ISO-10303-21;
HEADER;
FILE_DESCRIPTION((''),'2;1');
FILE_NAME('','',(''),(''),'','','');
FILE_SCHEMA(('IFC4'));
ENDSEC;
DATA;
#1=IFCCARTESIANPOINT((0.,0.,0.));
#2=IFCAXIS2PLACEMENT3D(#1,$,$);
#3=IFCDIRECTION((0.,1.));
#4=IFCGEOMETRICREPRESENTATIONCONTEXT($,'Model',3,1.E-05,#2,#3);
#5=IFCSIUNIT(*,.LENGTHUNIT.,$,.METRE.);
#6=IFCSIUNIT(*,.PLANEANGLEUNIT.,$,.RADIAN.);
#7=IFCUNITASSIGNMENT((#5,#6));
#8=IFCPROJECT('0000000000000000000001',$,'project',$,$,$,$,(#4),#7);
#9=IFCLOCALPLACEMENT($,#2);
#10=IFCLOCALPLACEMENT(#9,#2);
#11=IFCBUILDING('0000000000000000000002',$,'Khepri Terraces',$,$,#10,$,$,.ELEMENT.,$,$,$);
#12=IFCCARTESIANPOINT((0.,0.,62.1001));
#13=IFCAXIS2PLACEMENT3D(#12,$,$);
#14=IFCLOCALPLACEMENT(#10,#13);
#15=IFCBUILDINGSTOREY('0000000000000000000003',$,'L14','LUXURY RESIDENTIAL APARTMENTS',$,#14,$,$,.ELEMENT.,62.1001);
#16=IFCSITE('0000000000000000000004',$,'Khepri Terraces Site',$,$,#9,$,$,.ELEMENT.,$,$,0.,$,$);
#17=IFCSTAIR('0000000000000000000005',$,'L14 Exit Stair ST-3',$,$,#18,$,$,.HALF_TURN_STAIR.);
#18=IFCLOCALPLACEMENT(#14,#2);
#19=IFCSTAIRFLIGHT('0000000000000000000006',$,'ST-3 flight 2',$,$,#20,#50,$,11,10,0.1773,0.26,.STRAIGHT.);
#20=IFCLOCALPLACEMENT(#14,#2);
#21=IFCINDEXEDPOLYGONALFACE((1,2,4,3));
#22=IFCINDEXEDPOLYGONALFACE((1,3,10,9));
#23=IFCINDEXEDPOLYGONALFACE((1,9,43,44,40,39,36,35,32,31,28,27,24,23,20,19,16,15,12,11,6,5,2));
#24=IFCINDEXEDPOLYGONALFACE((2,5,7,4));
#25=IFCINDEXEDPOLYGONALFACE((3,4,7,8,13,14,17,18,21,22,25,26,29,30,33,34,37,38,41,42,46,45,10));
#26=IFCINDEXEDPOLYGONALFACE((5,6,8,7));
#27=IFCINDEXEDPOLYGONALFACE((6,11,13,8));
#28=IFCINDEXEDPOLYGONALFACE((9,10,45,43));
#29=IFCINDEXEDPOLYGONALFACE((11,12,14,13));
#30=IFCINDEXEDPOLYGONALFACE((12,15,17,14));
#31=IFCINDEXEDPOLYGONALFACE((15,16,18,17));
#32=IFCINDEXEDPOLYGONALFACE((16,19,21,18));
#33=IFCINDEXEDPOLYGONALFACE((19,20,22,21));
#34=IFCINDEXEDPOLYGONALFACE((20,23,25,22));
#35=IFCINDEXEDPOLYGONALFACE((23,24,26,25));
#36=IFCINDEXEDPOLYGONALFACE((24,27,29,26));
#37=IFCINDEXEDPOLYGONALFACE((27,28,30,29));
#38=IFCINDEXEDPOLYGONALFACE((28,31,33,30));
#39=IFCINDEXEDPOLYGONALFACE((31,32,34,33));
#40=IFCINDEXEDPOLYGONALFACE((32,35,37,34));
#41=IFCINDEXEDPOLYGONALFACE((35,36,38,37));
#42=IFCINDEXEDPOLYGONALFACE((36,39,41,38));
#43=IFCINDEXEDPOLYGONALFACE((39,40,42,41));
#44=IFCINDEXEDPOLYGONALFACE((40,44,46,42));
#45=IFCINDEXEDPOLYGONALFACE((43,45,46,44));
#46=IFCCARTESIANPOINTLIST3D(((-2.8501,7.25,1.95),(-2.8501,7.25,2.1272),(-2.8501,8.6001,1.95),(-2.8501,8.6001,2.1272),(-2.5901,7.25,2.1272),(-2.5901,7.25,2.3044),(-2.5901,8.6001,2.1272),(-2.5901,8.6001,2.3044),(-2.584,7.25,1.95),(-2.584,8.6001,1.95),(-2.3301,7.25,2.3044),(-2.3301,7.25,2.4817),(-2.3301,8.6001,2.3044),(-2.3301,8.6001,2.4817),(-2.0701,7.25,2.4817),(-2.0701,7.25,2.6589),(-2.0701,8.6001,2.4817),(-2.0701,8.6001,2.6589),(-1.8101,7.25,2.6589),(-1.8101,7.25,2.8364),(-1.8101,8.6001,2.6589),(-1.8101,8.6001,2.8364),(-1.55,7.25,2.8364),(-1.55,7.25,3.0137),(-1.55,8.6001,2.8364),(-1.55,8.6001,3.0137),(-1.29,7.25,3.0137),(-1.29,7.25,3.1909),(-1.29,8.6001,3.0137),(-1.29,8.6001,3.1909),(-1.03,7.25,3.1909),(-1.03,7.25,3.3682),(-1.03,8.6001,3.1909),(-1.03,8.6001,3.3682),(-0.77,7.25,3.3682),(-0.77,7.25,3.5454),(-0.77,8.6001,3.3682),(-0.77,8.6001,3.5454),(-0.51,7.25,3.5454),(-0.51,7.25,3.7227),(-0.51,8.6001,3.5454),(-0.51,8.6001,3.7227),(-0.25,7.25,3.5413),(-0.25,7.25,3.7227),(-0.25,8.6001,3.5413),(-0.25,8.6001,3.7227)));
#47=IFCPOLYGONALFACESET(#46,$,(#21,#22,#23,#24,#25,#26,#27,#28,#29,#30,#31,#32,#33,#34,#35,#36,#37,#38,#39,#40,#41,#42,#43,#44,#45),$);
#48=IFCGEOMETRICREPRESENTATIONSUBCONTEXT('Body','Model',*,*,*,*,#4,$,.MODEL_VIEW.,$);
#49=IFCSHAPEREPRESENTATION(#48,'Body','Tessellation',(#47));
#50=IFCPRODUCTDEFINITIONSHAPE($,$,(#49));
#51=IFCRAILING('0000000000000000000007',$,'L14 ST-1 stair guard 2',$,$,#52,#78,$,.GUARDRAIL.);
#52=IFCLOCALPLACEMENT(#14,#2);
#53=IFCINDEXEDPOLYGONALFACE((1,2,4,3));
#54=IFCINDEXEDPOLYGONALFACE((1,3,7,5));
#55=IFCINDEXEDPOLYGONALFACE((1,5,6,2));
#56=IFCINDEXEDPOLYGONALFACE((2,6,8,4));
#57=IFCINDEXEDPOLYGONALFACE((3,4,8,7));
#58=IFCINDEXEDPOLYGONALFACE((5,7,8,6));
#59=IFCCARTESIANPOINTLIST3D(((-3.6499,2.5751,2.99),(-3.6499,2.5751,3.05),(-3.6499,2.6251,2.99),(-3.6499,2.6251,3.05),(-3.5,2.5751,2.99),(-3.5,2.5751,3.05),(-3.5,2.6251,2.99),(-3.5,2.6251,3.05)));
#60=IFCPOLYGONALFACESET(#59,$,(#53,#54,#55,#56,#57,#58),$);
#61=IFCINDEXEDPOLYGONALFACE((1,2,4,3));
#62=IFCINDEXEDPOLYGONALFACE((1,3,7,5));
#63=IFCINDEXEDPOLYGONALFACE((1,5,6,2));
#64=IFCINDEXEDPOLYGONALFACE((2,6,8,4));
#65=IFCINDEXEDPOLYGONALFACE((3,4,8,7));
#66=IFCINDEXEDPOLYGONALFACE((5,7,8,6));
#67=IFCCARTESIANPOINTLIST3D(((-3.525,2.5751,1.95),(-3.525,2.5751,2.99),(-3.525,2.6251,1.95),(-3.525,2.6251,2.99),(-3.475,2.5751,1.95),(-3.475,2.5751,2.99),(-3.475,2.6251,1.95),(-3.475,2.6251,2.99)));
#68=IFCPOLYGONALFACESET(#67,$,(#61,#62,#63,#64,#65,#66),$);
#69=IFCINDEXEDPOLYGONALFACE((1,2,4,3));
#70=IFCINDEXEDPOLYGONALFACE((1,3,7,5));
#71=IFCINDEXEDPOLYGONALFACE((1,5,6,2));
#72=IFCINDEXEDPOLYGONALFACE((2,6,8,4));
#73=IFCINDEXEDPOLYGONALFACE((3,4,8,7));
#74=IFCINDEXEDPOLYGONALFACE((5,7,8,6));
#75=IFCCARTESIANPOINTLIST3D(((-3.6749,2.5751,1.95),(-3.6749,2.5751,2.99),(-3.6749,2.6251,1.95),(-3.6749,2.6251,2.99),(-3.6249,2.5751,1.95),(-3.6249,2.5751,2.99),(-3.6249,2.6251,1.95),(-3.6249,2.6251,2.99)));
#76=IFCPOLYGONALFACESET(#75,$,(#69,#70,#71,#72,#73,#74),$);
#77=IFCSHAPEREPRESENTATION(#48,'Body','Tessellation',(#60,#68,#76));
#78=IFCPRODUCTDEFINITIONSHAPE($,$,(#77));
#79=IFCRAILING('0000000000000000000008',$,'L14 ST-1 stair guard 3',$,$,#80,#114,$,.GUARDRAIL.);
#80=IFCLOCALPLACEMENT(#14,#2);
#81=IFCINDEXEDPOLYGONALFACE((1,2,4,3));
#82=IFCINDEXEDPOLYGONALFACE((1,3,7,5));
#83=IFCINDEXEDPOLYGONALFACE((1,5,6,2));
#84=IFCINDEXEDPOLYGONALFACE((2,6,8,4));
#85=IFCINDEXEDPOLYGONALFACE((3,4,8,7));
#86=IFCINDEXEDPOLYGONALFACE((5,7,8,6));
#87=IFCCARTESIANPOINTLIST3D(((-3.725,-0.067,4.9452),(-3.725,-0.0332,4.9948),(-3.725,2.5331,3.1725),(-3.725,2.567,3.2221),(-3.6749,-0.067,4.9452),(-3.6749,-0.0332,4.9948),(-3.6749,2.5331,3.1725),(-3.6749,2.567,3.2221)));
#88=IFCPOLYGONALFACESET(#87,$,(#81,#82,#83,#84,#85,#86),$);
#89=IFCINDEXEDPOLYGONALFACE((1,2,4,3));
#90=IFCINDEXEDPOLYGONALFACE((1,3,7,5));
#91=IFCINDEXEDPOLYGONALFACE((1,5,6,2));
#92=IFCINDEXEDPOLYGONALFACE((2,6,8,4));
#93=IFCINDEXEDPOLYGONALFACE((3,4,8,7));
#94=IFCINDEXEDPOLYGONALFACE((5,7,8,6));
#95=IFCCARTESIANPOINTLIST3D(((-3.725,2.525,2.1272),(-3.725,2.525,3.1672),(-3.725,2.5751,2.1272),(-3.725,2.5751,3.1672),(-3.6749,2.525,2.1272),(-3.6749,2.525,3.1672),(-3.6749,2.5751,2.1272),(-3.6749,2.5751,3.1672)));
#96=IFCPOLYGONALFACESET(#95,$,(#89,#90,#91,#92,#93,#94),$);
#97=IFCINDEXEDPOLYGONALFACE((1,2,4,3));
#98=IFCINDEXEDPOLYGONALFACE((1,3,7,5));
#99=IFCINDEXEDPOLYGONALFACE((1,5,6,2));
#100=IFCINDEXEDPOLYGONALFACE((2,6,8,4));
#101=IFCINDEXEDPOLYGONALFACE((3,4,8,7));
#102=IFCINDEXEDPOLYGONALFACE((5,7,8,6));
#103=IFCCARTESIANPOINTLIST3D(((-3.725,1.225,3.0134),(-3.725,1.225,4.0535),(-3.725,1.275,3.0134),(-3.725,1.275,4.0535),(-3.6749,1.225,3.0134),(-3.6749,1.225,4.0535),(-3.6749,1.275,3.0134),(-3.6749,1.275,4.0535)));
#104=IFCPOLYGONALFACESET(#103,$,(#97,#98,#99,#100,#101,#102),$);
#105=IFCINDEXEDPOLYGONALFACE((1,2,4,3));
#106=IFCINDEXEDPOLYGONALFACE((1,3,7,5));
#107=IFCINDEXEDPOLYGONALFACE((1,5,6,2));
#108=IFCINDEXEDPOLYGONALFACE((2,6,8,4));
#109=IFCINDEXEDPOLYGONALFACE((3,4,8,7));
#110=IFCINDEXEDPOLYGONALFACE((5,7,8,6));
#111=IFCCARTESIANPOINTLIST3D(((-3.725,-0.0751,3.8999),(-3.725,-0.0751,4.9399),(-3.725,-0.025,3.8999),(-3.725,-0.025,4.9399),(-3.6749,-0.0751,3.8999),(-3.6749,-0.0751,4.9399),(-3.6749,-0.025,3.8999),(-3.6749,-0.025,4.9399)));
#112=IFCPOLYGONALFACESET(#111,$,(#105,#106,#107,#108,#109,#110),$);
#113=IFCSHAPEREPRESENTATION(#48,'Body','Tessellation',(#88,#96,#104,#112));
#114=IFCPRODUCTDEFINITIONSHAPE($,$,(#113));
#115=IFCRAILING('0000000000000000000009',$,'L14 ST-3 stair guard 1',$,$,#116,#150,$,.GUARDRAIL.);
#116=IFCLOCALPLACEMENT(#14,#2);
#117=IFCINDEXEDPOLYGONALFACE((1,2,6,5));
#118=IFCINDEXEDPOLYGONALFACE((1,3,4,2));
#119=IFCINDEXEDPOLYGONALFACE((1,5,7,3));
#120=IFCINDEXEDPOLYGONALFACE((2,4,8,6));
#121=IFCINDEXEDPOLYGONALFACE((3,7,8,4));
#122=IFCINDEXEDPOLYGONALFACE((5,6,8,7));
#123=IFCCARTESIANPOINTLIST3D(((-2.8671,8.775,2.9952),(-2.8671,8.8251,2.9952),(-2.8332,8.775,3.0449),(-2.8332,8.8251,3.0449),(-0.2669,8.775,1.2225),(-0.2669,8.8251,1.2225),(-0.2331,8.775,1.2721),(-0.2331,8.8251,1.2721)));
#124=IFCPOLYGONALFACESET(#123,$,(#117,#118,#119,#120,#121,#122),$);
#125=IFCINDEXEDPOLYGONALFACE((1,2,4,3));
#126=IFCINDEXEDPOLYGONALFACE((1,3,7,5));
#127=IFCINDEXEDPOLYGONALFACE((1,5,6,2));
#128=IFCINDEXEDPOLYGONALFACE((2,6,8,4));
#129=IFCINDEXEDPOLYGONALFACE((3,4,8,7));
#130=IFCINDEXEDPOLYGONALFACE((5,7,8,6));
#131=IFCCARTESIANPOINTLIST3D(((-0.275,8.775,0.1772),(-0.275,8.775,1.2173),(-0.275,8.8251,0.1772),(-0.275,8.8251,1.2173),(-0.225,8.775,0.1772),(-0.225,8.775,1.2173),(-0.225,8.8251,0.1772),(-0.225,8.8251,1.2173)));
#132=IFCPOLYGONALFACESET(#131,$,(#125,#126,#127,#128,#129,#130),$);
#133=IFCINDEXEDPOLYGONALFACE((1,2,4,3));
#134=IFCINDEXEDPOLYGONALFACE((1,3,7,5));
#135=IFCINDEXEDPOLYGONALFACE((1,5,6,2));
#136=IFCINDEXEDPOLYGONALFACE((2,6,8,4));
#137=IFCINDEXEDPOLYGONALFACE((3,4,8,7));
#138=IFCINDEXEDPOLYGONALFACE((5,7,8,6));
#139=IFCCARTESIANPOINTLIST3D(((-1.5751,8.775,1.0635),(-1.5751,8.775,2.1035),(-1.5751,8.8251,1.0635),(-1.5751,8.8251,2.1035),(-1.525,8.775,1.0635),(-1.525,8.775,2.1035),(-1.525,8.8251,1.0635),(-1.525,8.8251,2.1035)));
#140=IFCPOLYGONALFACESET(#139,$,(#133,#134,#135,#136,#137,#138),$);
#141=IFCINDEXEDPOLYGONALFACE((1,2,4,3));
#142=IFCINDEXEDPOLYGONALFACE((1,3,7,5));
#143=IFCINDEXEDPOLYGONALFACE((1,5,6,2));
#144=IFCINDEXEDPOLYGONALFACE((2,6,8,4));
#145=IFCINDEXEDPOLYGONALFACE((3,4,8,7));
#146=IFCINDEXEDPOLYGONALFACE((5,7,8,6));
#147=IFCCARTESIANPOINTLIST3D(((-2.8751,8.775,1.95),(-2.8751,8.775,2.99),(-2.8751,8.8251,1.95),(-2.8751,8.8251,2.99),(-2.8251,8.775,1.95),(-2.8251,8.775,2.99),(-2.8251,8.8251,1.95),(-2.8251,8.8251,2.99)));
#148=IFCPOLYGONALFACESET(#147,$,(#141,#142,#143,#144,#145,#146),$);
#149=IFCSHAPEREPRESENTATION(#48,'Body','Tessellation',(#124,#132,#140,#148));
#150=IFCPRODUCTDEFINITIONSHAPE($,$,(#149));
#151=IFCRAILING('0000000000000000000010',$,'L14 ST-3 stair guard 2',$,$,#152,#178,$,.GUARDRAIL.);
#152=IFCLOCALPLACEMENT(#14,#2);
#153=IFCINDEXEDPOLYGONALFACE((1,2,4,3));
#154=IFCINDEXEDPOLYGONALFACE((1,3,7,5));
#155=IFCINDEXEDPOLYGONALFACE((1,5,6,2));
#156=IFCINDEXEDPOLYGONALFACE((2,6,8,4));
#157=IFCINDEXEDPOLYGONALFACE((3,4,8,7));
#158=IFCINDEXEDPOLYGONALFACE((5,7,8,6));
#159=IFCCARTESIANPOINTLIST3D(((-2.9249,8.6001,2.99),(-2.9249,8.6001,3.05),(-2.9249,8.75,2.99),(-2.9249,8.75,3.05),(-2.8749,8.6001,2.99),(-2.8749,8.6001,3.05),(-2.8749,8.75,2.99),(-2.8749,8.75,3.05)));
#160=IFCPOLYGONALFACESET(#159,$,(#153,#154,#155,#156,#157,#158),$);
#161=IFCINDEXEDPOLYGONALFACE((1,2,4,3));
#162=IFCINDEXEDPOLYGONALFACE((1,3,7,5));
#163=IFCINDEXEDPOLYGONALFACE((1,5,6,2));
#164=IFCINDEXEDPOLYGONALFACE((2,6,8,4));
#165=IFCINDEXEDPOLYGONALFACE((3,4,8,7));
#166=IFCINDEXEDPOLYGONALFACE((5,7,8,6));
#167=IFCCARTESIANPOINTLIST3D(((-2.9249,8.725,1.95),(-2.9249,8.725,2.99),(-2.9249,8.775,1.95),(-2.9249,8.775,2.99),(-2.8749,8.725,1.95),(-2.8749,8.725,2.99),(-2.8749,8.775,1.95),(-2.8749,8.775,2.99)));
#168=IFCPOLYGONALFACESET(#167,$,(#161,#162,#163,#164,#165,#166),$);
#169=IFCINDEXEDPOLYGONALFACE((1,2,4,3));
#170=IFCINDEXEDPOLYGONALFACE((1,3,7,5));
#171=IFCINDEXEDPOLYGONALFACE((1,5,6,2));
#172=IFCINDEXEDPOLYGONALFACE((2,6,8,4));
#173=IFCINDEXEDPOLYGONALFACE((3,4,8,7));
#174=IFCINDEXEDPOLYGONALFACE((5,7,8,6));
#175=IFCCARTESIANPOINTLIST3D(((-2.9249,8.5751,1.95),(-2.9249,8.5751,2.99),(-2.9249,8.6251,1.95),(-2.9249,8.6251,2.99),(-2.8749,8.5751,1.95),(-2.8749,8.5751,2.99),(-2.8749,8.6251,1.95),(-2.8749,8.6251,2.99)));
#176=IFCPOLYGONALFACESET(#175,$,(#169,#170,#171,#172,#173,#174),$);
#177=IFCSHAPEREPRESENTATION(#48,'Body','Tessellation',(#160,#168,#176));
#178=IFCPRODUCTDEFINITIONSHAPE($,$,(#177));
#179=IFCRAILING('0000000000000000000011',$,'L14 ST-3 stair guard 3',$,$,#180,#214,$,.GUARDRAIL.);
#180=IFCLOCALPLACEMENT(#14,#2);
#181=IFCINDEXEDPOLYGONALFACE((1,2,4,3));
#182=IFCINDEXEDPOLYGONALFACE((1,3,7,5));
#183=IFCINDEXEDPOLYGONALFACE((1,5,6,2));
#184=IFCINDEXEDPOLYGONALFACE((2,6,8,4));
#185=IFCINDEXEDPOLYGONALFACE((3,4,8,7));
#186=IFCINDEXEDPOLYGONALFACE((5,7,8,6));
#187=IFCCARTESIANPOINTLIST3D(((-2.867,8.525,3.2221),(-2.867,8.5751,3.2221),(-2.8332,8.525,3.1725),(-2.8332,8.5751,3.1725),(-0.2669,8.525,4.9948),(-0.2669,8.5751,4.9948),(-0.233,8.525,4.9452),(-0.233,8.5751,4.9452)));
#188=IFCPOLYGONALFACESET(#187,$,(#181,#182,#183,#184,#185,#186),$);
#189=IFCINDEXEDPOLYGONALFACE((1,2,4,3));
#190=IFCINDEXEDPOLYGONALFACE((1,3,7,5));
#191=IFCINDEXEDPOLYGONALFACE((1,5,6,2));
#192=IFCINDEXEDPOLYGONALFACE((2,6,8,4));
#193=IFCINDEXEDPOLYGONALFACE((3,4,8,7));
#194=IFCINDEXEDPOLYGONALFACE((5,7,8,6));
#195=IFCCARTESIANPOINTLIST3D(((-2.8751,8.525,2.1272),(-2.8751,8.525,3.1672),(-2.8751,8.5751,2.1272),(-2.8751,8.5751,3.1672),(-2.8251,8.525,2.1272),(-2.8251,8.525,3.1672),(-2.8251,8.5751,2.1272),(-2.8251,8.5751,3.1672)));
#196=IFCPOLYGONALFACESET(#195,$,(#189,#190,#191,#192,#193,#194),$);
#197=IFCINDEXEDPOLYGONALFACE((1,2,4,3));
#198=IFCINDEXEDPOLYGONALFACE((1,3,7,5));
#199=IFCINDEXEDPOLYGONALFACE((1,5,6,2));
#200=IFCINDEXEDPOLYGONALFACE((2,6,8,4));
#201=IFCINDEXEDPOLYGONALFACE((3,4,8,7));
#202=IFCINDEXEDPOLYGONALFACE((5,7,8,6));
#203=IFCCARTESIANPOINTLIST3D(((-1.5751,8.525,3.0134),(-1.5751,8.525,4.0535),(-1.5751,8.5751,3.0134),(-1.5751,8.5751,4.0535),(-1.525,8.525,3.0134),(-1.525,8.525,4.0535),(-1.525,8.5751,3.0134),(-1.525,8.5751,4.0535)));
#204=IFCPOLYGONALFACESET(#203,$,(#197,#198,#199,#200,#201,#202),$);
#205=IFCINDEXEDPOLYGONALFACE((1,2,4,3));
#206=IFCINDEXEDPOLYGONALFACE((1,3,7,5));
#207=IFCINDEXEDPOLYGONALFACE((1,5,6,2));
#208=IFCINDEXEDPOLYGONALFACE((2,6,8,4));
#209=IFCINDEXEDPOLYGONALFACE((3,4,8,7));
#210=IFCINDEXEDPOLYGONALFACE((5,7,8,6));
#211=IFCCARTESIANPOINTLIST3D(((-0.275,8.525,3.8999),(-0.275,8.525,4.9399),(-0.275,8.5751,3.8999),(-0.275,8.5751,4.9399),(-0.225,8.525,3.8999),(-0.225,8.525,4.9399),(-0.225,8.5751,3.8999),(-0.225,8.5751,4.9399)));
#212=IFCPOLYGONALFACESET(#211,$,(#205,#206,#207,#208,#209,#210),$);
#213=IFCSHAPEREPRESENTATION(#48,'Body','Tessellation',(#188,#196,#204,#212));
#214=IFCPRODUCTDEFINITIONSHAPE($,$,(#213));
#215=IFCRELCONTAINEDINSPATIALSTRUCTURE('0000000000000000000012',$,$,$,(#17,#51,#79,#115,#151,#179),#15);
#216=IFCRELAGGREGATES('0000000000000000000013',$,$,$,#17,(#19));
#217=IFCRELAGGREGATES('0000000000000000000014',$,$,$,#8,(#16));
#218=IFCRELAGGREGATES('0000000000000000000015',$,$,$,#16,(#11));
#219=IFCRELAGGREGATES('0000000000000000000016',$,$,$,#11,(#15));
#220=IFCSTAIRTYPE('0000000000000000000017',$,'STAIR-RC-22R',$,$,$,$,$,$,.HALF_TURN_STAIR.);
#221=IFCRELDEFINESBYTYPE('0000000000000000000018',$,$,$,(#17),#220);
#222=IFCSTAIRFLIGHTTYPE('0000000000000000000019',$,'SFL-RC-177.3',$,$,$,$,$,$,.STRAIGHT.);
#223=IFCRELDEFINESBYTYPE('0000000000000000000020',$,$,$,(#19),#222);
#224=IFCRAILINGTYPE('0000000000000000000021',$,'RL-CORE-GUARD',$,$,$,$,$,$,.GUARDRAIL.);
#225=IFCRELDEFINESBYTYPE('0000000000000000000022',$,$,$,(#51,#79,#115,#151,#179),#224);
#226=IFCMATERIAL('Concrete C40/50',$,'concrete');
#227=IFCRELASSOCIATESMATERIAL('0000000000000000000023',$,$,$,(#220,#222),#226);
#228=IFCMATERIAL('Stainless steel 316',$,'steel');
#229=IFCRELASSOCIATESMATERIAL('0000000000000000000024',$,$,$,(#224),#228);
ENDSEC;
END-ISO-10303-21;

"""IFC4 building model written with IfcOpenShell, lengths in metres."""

from ifc_helpers import new_model, si_unit, direction, frame, origin, origin_2d, place, context, subcontext, project, spatial, polyline, rectangle, outline, extrude, material, type_object, element, aggregate, save


model = new_model("IFC4")

# Units and contexts
model_context = context("Model", 3, precision=1e-05, world=origin(), true_north=direction((0.0, 1.0)))
body_context = subcontext(model_context, "Body", "Model", "MODEL_VIEW")
ifc_project = project(units=[si_unit("LENGTHUNIT", "METRE"), si_unit("PLANEANGLEUNIT", "RADIAN")], contexts=[model_context])

# Site, building, storey
site_placement = place(None, origin())
site = spatial("IfcSite", under=ifc_project, at=site_placement, Name="Khepri Terraces Site", CompositionType="ELEMENT", RefElevation=0.0)
building_placement = place(site_placement, origin())
building = spatial("IfcBuilding", under=site, at=building_placement, Name="Khepri Terraces", CompositionType="ELEMENT")
storey_placement = place(building_placement, frame((0.0, 0.0, 62.1001)))
storey = spatial("IfcBuildingStorey", under=building, at=storey_placement, Name="L14", Description="LUXURY RESIDENTIAL APARTMENTS", CompositionType="ELEMENT", Elevation=62.1001)

# Stair, stair flight
ifc_material_1 = material(Name="Concrete C40/50", Category="concrete")
stair_type = type_object("IfcStairType", Name="STAIR-RC-22R", PredefinedType="HALF_TURN_STAIR", material=ifc_material_1)
stair_flight_type = type_object("IfcStairFlightType", Name="SFL-RC-177.3", PredefinedType="STRAIGHT", material=ifc_material_1)
stair_1_placement = place(storey_placement, origin())
stair_1 = element("IfcStair", 1, at=stair_1_placement, inside=storey, type_object=stair_type, Name="L14 Exit Stair ST-3", PredefinedType="HALF_TURN_STAIR")
stair_flight_1_placement = place(storey_placement, frame((-2.8501, 7.925, 1.95), z_axis=(0.0, 0.0, 1.0), x_axis=(1.0, 0.0, 0.0)))
stair_flight_1 = element("IfcStairFlight", 2, at=stair_flight_1_placement, type_object=stair_flight_type, Name="ST-3 flight 2", NumberOfRisers=11, NumberOfTreads=10, PredefinedType="STRAIGHT", RiserHeight=0.1773, TreadLength=0.26, context=body_context, shape_type="SweptSolid", body=[
    extrude(outline(polyline([(0.0, 0.0), (0.0, 0.1772), (0.26, 0.1772), (0.26, 0.3545), (0.52, 0.3545), (0.52, 0.5317), (0.78, 0.5317), (0.78, 0.709), (1.04, 0.709), (1.04, 0.8865), (1.3, 0.8865), (1.3, 1.0637), (1.5601, 1.0637), (1.5601, 1.241), (1.8201, 1.241), (1.8201, 1.4182), (2.0801, 1.4182), (2.0801, 1.5955), (2.3401, 1.5955), (2.3401, 1.7727), (2.6001, 1.7727), (2.6001, 1.95), (2.6001, 1.5913), (0.2661, 0.0), (0.0, 0.0)])), frame((0.0, 0.675, 0.0), z_axis=(0.0, -1.0, 0.0), x_axis=(1.0, 0.0, 0.0)), (0.0, 0.0, 1.0), 1.3501),
])
aggregate(stair_1, [stair_flight_1])

# Railings
ifc_material_2 = material(Name="Stainless steel 316", Category="steel")
railing_type_1 = type_object("IfcRailingType", Name="RL-CORE-GUARD", PredefinedType="GUARDRAIL", material=ifc_material_2)
railing_1_placement = place(storey_placement, frame((-3.5, 2.6001, 1.95)))
element("IfcRailing", 3, at=railing_1_placement, inside=storey, type_object=railing_type_1, Name="L14 ST-1 stair guard 2", PredefinedType="GUARDRAIL", context=body_context, shape_type="SweptSolid", body=[
    extrude(rectangle(XDim=0.05, YDim=0.0601, at=origin_2d()), frame((0.0, 0.0, 1.0701), z_axis=(-1.0, 0.0, 0.0), x_axis=(0.0, -1.0, 0.0)), (0.0, 0.0, 1.0), 0.1499),
    extrude(rectangle(XDim=0.05, YDim=0.05, at=origin_2d()), origin(), (0.0, 0.0, 1.0), 1.04),
    extrude(rectangle(XDim=0.05, YDim=0.05, at=origin_2d()), frame((-0.1499, 0.0, 0.0)), (0.0, 0.0, 1.0), 1.04),
])
railing_2_placement = place(storey_placement, frame((-3.7, 2.55, 2.1272)))
element("IfcRailing", 4, at=railing_2_placement, inside=storey, type_object=railing_type_1, Name="L14 ST-1 stair guard 3", PredefinedType="GUARDRAIL", context=body_context, shape_type="SweptSolid", body=[
    extrude(rectangle(XDim=0.05, YDim=0.0601, at=origin_2d()), frame((0.0, 0.0, 1.0701), z_axis=(0.0, -0.82624, 0.563318), x_axis=(1.0, 0.0, 0.0)), (0.0, 0.0, 1.0), 3.147),
    extrude(rectangle(XDim=0.05, YDim=0.05, at=origin_2d()), origin(), (0.0, 0.0, 1.0), 1.04),
    extrude(rectangle(XDim=0.05, YDim=0.05, at=origin_2d()), frame((0.0, -1.3, 0.8862)), (0.0, 0.0, 1.0), 1.04),
    extrude(rectangle(XDim=0.05, YDim=0.05, at=origin_2d()), frame((0.0, -2.6001, 1.7727)), (0.0, 0.0, 1.0), 1.04),
])
railing_3_placement = place(storey_placement, frame((-0.25, 8.8, 0.1772)))
element("IfcRailing", 5, at=railing_3_placement, inside=storey, type_object=railing_type_1, Name="L14 ST-3 stair guard 1", PredefinedType="GUARDRAIL", context=body_context, shape_type="SweptSolid", body=[
    extrude(rectangle(XDim=0.05, YDim=0.0601, at=origin_2d()), frame((0.0, 0.0, 1.0701), z_axis=(-0.82624, 0.0, 0.563318), x_axis=(0.0, -1.0, 0.0)), (0.0, 0.0, 1.0), 3.147),
    extrude(rectangle(XDim=0.05, YDim=0.05, at=origin_2d()), origin(), (0.0, 0.0, 1.0), 1.04),
    extrude(rectangle(XDim=0.05, YDim=0.05, at=origin_2d()), frame((-1.3, 0.0, 0.8862)), (0.0, 0.0, 1.0), 1.04),
    extrude(rectangle(XDim=0.05, YDim=0.05, at=origin_2d()), frame((-2.6001, 0.0, 1.7727)), (0.0, 0.0, 1.0), 1.04),
])
railing_4_placement = place(storey_placement, frame((-2.8999, 8.75, 1.95)))
element("IfcRailing", 6, at=railing_4_placement, inside=storey, type_object=railing_type_1, Name="L14 ST-3 stair guard 2", PredefinedType="GUARDRAIL", context=body_context, shape_type="SweptSolid", body=[
    extrude(rectangle(XDim=0.05, YDim=0.0601, at=origin_2d()), frame((0.0, 0.0, 1.0701), z_axis=(0.0, -1.0, 0.0), x_axis=(1.0, 0.0, 0.0)), (0.0, 0.0, 1.0), 0.1499),
    extrude(rectangle(XDim=0.05, YDim=0.05, at=origin_2d()), origin(), (0.0, 0.0, 1.0), 1.04),
    extrude(rectangle(XDim=0.05, YDim=0.05, at=origin_2d()), frame((0.0, -0.1499, 0.0)), (0.0, 0.0, 1.0), 1.04),
])
railing_5_placement = place(storey_placement, frame((-2.8501, 8.55, 2.1272)))
element("IfcRailing", 7, at=railing_5_placement, inside=storey, type_object=railing_type_1, Name="L14 ST-3 stair guard 3", PredefinedType="GUARDRAIL", context=body_context, shape_type="SweptSolid", body=[
    extrude(rectangle(XDim=0.05, YDim=0.0601, at=origin_2d()), frame((0.0, 0.0, 1.0701), z_axis=(0.82624, 0.0, 0.563318), x_axis=(0.0, 1.0, 0.0)), (0.0, 0.0, 1.0), 3.147),
    extrude(rectangle(XDim=0.05, YDim=0.05, at=origin_2d()), origin(), (0.0, 0.0, 1.0), 1.04),
    extrude(rectangle(XDim=0.05, YDim=0.05, at=origin_2d()), frame((1.3, 0.0, 0.8862)), (0.0, 0.0, 1.0), 1.04),
    extrude(rectangle(XDim=0.05, YDim=0.05, at=origin_2d()), frame((2.6001, 0.0, 1.7727)), (0.0, 0.0, 1.0), 1.04),
])

save(model, "model.ifc")
